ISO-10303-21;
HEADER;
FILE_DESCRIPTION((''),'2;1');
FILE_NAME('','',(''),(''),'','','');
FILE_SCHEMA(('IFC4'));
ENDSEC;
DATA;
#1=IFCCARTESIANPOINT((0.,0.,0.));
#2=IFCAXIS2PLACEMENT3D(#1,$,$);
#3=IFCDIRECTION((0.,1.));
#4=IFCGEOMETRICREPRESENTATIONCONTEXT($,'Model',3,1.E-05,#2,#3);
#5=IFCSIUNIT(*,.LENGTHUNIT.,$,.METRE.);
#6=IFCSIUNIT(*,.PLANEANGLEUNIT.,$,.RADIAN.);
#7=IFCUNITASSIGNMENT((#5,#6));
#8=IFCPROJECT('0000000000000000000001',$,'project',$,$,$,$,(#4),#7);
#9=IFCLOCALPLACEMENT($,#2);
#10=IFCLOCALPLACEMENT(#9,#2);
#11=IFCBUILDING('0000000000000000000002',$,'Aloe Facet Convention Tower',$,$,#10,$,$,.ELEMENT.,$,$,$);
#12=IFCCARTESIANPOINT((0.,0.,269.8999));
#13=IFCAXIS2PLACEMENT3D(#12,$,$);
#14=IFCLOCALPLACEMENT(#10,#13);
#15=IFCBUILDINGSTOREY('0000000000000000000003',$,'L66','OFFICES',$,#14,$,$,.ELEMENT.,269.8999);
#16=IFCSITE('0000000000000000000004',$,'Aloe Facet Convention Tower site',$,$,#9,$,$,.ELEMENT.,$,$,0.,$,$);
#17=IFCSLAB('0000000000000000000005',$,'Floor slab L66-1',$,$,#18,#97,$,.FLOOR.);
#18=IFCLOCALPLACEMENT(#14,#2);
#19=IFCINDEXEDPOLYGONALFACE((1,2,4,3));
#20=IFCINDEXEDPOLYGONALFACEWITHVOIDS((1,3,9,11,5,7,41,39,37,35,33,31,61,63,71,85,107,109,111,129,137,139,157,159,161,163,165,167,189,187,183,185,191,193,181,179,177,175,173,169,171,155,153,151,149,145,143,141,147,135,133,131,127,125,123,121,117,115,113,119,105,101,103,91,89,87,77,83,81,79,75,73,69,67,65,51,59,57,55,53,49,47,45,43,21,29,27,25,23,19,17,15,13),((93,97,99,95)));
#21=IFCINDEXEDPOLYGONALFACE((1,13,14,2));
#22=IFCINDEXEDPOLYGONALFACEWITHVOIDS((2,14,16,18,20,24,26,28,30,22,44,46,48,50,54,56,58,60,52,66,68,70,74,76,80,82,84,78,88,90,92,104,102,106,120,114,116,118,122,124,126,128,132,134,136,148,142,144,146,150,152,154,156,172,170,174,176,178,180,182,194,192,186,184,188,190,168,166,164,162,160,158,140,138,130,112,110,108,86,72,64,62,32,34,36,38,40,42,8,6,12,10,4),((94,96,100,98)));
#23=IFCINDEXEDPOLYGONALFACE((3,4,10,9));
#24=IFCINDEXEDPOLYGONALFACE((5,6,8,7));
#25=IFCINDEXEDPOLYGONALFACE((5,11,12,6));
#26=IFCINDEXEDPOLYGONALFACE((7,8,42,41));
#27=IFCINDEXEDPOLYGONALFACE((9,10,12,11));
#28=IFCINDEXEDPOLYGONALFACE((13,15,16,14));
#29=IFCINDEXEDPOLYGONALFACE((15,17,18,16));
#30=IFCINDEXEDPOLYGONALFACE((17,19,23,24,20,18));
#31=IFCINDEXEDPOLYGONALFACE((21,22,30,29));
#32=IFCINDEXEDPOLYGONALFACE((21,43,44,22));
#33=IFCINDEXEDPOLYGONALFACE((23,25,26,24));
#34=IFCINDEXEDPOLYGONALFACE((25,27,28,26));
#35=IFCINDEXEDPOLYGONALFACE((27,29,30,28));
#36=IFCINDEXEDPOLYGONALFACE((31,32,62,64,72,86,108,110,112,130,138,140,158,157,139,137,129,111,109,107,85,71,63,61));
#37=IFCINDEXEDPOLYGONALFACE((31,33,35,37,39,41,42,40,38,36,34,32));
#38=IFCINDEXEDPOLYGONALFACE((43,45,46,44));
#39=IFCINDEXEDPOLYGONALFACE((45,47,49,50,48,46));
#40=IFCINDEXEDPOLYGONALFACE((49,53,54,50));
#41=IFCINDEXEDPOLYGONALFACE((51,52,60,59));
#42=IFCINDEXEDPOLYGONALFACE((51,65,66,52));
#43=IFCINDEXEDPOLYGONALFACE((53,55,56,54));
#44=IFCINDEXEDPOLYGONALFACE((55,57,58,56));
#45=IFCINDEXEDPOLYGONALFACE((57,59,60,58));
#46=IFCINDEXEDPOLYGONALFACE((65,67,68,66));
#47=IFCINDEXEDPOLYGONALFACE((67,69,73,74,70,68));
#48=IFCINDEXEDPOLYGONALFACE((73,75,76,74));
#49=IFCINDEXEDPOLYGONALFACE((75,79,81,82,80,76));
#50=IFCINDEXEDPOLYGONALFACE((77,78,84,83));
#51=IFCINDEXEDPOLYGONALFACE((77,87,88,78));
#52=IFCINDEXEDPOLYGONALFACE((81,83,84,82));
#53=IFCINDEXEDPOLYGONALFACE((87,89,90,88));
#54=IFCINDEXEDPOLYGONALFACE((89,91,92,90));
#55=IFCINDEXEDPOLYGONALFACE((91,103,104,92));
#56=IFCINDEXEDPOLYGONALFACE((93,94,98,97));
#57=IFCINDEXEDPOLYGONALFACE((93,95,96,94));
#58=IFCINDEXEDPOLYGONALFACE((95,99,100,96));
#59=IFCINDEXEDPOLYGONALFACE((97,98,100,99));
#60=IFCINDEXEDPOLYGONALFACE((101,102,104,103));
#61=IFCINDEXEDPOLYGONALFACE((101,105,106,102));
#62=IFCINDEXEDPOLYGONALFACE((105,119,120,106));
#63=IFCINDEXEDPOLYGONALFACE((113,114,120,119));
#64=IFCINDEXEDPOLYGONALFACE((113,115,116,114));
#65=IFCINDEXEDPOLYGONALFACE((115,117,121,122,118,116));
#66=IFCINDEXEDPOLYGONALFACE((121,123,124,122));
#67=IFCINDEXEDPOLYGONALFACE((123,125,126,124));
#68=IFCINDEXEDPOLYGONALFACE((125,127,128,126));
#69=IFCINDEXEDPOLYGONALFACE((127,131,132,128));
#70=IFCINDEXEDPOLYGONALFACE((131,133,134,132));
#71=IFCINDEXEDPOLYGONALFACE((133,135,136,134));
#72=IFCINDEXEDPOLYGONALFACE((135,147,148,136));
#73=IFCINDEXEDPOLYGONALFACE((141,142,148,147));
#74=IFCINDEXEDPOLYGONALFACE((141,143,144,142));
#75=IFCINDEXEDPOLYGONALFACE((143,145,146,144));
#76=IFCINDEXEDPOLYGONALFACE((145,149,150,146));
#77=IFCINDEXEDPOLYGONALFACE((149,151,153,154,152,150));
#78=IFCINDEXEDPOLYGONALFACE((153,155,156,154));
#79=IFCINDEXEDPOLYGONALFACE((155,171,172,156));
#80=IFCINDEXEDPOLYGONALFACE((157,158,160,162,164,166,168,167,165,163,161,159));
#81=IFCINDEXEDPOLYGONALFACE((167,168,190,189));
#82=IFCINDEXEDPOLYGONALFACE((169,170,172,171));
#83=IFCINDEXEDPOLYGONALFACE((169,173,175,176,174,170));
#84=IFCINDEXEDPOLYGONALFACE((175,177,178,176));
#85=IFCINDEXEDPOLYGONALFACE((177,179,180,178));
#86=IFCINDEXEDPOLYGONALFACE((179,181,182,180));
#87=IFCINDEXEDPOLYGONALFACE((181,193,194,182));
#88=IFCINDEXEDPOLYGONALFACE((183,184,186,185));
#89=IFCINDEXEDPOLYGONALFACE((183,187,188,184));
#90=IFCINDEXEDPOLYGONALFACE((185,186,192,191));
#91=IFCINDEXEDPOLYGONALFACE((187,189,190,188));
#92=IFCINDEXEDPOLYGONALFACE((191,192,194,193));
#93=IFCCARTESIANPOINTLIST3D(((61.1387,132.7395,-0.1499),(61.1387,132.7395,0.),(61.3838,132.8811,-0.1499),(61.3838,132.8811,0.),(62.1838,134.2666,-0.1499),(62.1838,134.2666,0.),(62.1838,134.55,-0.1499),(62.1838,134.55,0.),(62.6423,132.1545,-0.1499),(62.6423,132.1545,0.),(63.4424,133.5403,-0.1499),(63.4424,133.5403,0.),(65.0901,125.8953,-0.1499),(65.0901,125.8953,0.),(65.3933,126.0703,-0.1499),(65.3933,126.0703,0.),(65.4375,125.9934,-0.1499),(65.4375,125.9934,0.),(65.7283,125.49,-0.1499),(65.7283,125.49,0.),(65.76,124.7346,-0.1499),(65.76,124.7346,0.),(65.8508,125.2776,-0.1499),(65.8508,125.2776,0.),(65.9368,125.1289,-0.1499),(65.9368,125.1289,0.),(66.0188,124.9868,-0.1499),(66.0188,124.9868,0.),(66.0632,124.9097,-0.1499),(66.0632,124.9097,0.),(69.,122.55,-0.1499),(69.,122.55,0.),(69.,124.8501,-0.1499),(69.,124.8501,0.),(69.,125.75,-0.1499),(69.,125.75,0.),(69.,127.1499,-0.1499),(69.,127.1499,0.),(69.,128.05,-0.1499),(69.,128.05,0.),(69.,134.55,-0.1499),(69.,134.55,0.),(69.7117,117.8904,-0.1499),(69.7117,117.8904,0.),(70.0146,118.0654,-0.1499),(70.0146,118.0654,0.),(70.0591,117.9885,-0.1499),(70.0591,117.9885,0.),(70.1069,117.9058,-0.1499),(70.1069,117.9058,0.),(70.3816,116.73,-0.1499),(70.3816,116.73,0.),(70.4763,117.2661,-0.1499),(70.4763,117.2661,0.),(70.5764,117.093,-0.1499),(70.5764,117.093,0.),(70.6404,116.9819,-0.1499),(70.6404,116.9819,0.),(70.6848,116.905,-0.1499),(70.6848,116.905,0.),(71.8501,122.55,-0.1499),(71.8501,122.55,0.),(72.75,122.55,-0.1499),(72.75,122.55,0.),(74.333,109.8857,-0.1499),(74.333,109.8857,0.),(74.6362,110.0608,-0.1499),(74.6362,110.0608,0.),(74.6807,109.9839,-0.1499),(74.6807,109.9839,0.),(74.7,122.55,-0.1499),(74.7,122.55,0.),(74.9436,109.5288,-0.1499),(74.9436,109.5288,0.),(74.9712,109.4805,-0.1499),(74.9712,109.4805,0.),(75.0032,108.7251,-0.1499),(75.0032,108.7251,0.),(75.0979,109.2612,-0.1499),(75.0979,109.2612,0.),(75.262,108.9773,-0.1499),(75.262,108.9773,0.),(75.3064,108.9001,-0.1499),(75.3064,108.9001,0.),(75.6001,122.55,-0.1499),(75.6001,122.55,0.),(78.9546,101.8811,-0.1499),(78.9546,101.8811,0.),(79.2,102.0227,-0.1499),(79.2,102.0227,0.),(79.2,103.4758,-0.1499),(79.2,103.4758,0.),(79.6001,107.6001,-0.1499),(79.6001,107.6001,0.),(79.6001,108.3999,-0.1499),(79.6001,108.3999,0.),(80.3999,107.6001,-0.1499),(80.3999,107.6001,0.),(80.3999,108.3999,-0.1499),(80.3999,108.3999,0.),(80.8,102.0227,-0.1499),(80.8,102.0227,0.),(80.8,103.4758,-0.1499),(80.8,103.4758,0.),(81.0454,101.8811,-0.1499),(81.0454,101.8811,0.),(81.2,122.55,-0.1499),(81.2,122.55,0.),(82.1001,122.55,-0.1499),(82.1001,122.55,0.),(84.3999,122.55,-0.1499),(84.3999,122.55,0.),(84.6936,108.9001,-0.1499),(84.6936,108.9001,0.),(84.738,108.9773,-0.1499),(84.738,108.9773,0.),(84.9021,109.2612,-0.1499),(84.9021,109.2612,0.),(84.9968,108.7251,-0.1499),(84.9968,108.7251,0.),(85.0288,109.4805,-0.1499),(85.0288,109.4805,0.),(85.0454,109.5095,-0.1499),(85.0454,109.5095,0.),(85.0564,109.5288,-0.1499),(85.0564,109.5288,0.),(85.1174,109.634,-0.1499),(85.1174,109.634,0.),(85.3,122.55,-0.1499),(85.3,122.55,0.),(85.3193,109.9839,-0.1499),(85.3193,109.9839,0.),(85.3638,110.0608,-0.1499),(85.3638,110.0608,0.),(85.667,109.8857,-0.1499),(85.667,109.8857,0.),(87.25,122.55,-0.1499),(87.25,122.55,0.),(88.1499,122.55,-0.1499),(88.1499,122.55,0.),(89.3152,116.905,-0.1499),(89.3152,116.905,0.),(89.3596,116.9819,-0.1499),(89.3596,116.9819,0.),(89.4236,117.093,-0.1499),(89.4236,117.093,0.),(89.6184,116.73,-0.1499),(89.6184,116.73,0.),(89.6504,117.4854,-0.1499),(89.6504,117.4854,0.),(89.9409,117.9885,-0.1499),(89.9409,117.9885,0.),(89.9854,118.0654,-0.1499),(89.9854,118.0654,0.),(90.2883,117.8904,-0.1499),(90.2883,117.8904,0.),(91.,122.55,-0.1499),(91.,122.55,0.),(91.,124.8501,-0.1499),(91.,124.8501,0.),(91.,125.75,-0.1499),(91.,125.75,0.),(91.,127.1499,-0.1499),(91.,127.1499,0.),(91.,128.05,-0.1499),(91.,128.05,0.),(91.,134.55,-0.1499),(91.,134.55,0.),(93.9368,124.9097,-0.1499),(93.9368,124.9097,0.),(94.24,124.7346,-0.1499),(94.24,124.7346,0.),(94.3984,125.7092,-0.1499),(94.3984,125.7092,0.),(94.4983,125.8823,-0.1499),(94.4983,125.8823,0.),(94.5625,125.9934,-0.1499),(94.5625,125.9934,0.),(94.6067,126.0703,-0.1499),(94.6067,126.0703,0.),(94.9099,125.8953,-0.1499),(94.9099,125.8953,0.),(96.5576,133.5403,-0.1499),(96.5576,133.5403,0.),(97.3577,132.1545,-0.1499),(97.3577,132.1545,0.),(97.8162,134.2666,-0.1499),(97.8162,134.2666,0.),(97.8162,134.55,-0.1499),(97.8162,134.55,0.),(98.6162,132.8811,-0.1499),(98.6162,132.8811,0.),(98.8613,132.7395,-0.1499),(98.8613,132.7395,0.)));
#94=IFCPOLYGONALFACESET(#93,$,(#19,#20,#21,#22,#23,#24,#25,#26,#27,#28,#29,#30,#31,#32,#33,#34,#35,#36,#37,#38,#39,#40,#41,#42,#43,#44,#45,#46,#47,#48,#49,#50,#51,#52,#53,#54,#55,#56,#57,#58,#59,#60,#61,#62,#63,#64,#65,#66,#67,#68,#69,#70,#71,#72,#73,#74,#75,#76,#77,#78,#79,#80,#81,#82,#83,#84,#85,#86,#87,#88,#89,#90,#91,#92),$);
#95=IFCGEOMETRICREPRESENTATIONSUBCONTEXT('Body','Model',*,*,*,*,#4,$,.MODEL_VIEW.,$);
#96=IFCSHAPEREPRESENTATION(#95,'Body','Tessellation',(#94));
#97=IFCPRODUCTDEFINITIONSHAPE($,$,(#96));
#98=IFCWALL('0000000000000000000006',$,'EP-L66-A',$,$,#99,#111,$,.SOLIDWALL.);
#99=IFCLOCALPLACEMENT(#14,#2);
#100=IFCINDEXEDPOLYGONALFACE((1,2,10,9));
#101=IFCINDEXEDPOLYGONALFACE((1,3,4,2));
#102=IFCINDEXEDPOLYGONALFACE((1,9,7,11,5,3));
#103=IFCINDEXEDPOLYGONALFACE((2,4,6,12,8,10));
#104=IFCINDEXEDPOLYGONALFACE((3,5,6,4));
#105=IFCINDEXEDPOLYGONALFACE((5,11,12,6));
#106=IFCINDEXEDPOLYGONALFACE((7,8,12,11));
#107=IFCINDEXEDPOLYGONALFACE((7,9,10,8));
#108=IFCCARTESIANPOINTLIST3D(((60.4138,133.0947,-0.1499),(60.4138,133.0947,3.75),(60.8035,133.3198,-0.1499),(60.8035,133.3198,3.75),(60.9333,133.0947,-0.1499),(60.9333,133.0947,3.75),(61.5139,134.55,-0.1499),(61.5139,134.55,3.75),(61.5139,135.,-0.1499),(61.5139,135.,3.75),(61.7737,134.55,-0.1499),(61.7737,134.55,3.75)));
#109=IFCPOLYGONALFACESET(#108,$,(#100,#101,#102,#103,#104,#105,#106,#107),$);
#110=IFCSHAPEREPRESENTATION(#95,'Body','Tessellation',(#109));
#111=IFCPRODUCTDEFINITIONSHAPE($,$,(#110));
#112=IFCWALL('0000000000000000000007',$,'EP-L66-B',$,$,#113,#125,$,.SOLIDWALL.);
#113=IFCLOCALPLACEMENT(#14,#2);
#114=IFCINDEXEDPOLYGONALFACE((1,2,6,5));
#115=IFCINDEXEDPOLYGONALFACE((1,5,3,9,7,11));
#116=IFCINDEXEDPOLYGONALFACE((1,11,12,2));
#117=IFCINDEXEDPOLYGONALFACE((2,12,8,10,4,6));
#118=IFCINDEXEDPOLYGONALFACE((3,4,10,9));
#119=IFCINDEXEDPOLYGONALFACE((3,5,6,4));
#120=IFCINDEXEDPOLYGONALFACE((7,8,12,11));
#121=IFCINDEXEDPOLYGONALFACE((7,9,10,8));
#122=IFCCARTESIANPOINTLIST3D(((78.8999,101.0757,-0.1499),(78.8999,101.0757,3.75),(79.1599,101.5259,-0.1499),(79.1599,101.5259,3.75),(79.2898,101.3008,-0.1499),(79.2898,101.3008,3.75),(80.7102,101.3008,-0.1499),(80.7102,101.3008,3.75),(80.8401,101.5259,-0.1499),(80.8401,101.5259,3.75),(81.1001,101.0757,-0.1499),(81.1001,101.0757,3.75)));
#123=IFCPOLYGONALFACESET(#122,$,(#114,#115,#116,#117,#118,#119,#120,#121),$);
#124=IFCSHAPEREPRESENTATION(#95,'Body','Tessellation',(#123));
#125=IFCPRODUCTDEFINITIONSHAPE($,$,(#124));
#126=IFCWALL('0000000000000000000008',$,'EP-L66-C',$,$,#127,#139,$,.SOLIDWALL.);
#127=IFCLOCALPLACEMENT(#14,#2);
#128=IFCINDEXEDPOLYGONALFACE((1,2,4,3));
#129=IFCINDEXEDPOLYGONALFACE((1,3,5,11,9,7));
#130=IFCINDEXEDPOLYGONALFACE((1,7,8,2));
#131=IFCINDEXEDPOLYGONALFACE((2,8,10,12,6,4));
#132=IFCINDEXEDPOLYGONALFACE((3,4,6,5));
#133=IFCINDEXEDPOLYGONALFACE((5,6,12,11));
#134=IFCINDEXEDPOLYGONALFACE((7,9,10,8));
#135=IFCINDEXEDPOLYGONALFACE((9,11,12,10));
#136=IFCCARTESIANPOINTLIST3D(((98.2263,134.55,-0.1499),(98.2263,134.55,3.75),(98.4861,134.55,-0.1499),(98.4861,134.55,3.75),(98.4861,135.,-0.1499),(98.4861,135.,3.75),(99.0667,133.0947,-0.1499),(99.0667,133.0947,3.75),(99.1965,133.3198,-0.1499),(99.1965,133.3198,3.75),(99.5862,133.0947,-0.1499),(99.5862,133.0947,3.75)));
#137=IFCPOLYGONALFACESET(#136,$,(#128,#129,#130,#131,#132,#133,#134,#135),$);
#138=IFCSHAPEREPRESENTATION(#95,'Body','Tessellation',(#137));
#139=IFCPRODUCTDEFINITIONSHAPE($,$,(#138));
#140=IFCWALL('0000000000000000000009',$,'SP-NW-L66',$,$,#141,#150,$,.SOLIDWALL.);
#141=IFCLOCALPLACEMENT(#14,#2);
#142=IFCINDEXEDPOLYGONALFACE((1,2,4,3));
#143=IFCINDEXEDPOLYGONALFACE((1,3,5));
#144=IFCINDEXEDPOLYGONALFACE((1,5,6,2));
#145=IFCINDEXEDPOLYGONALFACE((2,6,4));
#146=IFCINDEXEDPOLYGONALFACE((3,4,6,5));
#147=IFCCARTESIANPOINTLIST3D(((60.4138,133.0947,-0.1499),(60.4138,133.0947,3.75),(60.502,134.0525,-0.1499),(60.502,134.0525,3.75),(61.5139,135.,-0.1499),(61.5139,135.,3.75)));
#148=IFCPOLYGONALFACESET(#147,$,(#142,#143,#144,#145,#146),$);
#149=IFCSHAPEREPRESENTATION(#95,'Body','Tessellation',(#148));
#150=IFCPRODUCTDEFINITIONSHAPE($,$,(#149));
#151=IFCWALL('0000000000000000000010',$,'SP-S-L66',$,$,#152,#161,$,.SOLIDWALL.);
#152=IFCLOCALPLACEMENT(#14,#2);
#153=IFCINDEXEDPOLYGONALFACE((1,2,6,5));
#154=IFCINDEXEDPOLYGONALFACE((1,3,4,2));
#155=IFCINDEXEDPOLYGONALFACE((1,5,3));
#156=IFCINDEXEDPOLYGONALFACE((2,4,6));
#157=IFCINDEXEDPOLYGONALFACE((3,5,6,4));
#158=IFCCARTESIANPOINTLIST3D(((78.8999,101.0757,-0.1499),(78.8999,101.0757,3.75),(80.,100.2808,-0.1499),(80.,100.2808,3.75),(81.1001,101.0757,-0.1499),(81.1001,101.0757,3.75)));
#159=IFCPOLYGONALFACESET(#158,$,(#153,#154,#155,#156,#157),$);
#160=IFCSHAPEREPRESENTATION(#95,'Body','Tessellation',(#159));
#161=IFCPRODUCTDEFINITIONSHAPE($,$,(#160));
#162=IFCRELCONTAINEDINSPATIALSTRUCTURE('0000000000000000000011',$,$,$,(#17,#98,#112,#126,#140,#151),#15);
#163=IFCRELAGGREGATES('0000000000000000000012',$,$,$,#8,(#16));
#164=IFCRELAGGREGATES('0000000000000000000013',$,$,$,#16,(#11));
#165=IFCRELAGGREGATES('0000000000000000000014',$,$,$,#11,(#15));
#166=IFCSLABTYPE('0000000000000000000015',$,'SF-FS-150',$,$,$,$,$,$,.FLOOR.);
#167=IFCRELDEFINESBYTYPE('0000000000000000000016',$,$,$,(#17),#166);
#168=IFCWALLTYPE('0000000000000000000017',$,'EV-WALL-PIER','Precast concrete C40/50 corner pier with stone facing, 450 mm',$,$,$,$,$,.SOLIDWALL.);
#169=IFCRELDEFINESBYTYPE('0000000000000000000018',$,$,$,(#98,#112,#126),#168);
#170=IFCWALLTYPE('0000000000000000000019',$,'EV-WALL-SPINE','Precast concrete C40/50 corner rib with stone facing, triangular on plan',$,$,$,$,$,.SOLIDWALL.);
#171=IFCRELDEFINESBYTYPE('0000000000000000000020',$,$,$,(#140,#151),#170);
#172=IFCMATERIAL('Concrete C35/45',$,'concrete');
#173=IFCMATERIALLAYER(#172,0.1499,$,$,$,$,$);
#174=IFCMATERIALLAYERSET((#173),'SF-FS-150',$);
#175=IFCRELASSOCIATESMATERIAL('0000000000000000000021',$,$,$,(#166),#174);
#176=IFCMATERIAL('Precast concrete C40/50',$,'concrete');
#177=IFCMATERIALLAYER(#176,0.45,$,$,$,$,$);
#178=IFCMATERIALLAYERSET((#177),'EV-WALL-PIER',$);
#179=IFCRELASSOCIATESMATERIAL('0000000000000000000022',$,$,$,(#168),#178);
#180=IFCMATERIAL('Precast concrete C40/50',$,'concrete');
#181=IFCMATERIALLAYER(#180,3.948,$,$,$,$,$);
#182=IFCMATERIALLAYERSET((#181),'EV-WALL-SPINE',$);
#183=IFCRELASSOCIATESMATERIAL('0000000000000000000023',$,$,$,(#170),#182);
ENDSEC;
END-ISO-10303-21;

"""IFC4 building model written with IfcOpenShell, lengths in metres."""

from ifc_helpers import new_model, si_unit, direction, frame, origin, place, context, subcontext, project, spatial, polyline, outline, extrude, material, layer, layer_set, type_object, element, save


model = new_model("IFC4")

# Units and contexts
model_context = context("Model", 3, precision=1e-05, world=origin(), true_north=direction((0.0, 1.0)))
body_context = subcontext(model_context, "Body", "Model", "MODEL_VIEW")
ifc_project = project(units=[si_unit("LENGTHUNIT", "METRE"), si_unit("PLANEANGLEUNIT", "RADIAN")], contexts=[model_context])

# Site, building, storey
site_placement = place(None, origin())
site = spatial("IfcSite", under=ifc_project, at=site_placement, Name="Aloe Facet Convention Tower site", CompositionType="ELEMENT", RefElevation=0.0)
building_placement = place(site_placement, origin())
building = spatial("IfcBuilding", under=site, at=building_placement, Name="Aloe Facet Convention Tower", CompositionType="ELEMENT")
storey_placement = place(building_placement, frame((0.0, 0.0, 269.8999)))
storey = spatial("IfcBuildingStorey", under=building, at=storey_placement, Name="L66", Description="OFFICES", CompositionType="ELEMENT", Elevation=269.8999)

# Slab
ifc_material_1 = material(Name="Concrete C35/45", Category="concrete")
ifc_layer_1 = layer(ifc_material_1, 0.1499)
ifc_layer_set_1 = layer_set([ifc_layer_1], Name="SF-FS-150")
slab_type_1 = type_object("IfcSlabType", Name="SF-FS-150", PredefinedType="FLOOR", material=ifc_layer_set_1)
slab_1_placement = place(storey_placement, frame((0.0, 0.0, -0.1499)))
element("IfcSlab", 1, at=slab_1_placement, inside=storey, type_object=slab_type_1, Name="Floor slab L66-1", PredefinedType="FLOOR", context=body_context, shape_type="SweptSolid", body=[
    extrude(outline(polyline([(94.9099, 125.8953), (94.6067, 126.0703), (94.5625, 125.9934), (94.4983, 125.8823), (94.3984, 125.7092), (93.9368, 124.9097), (94.24, 124.7346), (90.2883, 117.8904), (89.9854, 118.0654), (89.9409, 117.9885), (89.6504, 117.4854), (89.4236, 117.093), (89.3596, 116.9819), (89.3152, 116.905), (89.6184, 116.73), (85.667, 109.8857), (85.3638, 110.0608), (85.3193, 109.9839), (85.1174, 109.634), (85.0564, 109.5288), (85.0454, 109.5095), (85.0288, 109.4805), (84.9021, 109.2612), (84.738, 108.9773), (84.6936, 108.9001), (84.9968, 108.7251), (81.0454, 101.8811), (80.8, 102.0227), (80.8, 103.4758), (79.2, 103.4758), (79.2, 102.0227), (78.9546, 101.8811), (75.0032, 108.7251), (75.3064, 108.9001), (75.262, 108.9773), (75.0979, 109.2612), (74.9712, 109.4805), (74.9436, 109.5288), (74.6807, 109.9839), (74.6362, 110.0608), (74.333, 109.8857), (70.3816, 116.73), (70.6848, 116.905), (70.6404, 116.9819), (70.5764, 117.093), (70.4763, 117.2661), (70.1069, 117.9058), (70.0591, 117.9885), (70.0146, 118.0654), (69.7117, 117.8904), (65.76, 124.7346), (66.0632, 124.9097), (66.0188, 124.9868), (65.9368, 125.1289), (65.8508, 125.2776), (65.7283, 125.49), (65.4375, 125.9934), (65.3933, 126.0703), (65.0901, 125.8953), (61.1387, 132.7395), (61.3838, 132.8811), (62.6423, 132.1545), (63.4424, 133.5403), (62.1838, 134.2666), (62.1838, 134.55), (69.0, 134.55), (69.0, 128.05), (69.0, 127.1499), (69.0, 125.75), (69.0, 124.8501), (69.0, 122.55), (71.8501, 122.55), (72.75, 122.55), (74.7, 122.55), (75.6001, 122.55), (81.2, 122.55), (82.1001, 122.55), (84.3999, 122.55), (85.3, 122.55), (87.25, 122.55), (88.1499, 122.55), (91.0, 122.55), (91.0, 124.8501), (91.0, 125.75), (91.0, 127.1499), (91.0, 128.05), (91.0, 134.55), (97.8162, 134.55), (97.8162, 134.2666), (96.5576, 133.5403), (97.3577, 132.1545), (98.6162, 132.8811), (98.8613, 132.7395), (94.9099, 125.8953)]), holes=[polyline([(79.6001, 107.6001), (80.3999, 107.6001), (80.3999, 108.3999), (79.6001, 108.3999), (79.6001, 107.6001)])]), origin(), (0.0, 0.0, 1.0), 0.1499),
])

# Walls
ifc_material_2 = material(Name="Precast concrete C40/50", Category="concrete")
ifc_layer_2 = layer(ifc_material_2, 0.45)
ifc_layer_set_2 = layer_set([ifc_layer_2], Name="EV-WALL-PIER")
wall_type_1 = type_object("IfcWallType", Name="EV-WALL-PIER", Description="Precast concrete C40/50 corner pier with stone facing, 450 mm", PredefinedType="SOLIDWALL", material=ifc_layer_set_2)
wall_1_placement = place(storey_placement, frame((0.0, 0.0, -0.1499)))
element("IfcWall", 2, at=wall_1_placement, inside=storey, type_object=wall_type_1, Name="EP-L66-A", PredefinedType="SOLIDWALL", context=body_context, shape_type="SweptSolid", body=[
    extrude(outline(polyline([(61.5139, 135.0), (61.5139, 134.55), (61.7737, 134.55), (60.9333, 133.0947), (60.8035, 133.3198), (60.4138, 133.0947), (61.5139, 135.0)])), origin(), (0.0, 0.0, 1.0), 3.8999),
])
wall_2_placement = place(storey_placement, frame((0.0, 0.0, -0.1499)))
element("IfcWall", 3, at=wall_2_placement, inside=storey, type_object=wall_type_1, Name="EP-L66-B", PredefinedType="SOLIDWALL", context=body_context, shape_type="SweptSolid", body=[
    extrude(outline(polyline([(78.8999, 101.0757), (79.2898, 101.3008), (79.1599, 101.5259), (80.8401, 101.5259), (80.7102, 101.3008), (81.1001, 101.0757), (78.8999, 101.0757)])), origin(), (0.0, 0.0, 1.0), 3.8999),
])
wall_3_placement = place(storey_placement, frame((0.0, 0.0, -0.1499)))
element("IfcWall", 4, at=wall_3_placement, inside=storey, type_object=wall_type_1, Name="EP-L66-C", PredefinedType="SOLIDWALL", context=body_context, shape_type="SweptSolid", body=[
    extrude(outline(polyline([(99.5862, 133.0947), (99.1965, 133.3198), (99.0667, 133.0947), (98.2263, 134.55), (98.4861, 134.55), (98.4861, 135.0), (99.5862, 133.0947)])), origin(), (0.0, 0.0, 1.0), 3.8999),
])
ifc_material_3 = material(Name="Precast concrete C40/50", Category="concrete")
ifc_layer_3 = layer(ifc_material_3, 3.948)
ifc_layer_set_3 = layer_set([ifc_layer_3], Name="EV-WALL-SPINE")
wall_type_2 = type_object("IfcWallType", Name="EV-WALL-SPINE", Description="Precast concrete C40/50 corner rib with stone facing, triangular on plan", PredefinedType="SOLIDWALL", material=ifc_layer_set_3)
wall_4_placement = place(storey_placement, frame((0.0, 0.0, -0.1499)))
element("IfcWall", 5, at=wall_4_placement, inside=storey, type_object=wall_type_2, Name="SP-NW-L66", PredefinedType="SOLIDWALL", context=body_context, shape_type="SweptSolid", body=[
    extrude(outline(polyline([(61.5139, 135.0), (60.502, 134.0525), (60.4138, 133.0947), (61.5139, 135.0)])), origin(), (0.0, 0.0, 1.0), 3.8999),
])
wall_5_placement = place(storey_placement, frame((0.0, 0.0, -0.1499)))
element("IfcWall", 6, at=wall_5_placement, inside=storey, type_object=wall_type_2, Name="SP-S-L66", PredefinedType="SOLIDWALL", context=body_context, shape_type="SweptSolid", body=[
    extrude(outline(polyline([(78.8999, 101.0757), (80.0, 100.2808), (81.1001, 101.0757), (78.8999, 101.0757)])), origin(), (0.0, 0.0, 1.0), 3.8999),
])

save(model, "model.ifc")
